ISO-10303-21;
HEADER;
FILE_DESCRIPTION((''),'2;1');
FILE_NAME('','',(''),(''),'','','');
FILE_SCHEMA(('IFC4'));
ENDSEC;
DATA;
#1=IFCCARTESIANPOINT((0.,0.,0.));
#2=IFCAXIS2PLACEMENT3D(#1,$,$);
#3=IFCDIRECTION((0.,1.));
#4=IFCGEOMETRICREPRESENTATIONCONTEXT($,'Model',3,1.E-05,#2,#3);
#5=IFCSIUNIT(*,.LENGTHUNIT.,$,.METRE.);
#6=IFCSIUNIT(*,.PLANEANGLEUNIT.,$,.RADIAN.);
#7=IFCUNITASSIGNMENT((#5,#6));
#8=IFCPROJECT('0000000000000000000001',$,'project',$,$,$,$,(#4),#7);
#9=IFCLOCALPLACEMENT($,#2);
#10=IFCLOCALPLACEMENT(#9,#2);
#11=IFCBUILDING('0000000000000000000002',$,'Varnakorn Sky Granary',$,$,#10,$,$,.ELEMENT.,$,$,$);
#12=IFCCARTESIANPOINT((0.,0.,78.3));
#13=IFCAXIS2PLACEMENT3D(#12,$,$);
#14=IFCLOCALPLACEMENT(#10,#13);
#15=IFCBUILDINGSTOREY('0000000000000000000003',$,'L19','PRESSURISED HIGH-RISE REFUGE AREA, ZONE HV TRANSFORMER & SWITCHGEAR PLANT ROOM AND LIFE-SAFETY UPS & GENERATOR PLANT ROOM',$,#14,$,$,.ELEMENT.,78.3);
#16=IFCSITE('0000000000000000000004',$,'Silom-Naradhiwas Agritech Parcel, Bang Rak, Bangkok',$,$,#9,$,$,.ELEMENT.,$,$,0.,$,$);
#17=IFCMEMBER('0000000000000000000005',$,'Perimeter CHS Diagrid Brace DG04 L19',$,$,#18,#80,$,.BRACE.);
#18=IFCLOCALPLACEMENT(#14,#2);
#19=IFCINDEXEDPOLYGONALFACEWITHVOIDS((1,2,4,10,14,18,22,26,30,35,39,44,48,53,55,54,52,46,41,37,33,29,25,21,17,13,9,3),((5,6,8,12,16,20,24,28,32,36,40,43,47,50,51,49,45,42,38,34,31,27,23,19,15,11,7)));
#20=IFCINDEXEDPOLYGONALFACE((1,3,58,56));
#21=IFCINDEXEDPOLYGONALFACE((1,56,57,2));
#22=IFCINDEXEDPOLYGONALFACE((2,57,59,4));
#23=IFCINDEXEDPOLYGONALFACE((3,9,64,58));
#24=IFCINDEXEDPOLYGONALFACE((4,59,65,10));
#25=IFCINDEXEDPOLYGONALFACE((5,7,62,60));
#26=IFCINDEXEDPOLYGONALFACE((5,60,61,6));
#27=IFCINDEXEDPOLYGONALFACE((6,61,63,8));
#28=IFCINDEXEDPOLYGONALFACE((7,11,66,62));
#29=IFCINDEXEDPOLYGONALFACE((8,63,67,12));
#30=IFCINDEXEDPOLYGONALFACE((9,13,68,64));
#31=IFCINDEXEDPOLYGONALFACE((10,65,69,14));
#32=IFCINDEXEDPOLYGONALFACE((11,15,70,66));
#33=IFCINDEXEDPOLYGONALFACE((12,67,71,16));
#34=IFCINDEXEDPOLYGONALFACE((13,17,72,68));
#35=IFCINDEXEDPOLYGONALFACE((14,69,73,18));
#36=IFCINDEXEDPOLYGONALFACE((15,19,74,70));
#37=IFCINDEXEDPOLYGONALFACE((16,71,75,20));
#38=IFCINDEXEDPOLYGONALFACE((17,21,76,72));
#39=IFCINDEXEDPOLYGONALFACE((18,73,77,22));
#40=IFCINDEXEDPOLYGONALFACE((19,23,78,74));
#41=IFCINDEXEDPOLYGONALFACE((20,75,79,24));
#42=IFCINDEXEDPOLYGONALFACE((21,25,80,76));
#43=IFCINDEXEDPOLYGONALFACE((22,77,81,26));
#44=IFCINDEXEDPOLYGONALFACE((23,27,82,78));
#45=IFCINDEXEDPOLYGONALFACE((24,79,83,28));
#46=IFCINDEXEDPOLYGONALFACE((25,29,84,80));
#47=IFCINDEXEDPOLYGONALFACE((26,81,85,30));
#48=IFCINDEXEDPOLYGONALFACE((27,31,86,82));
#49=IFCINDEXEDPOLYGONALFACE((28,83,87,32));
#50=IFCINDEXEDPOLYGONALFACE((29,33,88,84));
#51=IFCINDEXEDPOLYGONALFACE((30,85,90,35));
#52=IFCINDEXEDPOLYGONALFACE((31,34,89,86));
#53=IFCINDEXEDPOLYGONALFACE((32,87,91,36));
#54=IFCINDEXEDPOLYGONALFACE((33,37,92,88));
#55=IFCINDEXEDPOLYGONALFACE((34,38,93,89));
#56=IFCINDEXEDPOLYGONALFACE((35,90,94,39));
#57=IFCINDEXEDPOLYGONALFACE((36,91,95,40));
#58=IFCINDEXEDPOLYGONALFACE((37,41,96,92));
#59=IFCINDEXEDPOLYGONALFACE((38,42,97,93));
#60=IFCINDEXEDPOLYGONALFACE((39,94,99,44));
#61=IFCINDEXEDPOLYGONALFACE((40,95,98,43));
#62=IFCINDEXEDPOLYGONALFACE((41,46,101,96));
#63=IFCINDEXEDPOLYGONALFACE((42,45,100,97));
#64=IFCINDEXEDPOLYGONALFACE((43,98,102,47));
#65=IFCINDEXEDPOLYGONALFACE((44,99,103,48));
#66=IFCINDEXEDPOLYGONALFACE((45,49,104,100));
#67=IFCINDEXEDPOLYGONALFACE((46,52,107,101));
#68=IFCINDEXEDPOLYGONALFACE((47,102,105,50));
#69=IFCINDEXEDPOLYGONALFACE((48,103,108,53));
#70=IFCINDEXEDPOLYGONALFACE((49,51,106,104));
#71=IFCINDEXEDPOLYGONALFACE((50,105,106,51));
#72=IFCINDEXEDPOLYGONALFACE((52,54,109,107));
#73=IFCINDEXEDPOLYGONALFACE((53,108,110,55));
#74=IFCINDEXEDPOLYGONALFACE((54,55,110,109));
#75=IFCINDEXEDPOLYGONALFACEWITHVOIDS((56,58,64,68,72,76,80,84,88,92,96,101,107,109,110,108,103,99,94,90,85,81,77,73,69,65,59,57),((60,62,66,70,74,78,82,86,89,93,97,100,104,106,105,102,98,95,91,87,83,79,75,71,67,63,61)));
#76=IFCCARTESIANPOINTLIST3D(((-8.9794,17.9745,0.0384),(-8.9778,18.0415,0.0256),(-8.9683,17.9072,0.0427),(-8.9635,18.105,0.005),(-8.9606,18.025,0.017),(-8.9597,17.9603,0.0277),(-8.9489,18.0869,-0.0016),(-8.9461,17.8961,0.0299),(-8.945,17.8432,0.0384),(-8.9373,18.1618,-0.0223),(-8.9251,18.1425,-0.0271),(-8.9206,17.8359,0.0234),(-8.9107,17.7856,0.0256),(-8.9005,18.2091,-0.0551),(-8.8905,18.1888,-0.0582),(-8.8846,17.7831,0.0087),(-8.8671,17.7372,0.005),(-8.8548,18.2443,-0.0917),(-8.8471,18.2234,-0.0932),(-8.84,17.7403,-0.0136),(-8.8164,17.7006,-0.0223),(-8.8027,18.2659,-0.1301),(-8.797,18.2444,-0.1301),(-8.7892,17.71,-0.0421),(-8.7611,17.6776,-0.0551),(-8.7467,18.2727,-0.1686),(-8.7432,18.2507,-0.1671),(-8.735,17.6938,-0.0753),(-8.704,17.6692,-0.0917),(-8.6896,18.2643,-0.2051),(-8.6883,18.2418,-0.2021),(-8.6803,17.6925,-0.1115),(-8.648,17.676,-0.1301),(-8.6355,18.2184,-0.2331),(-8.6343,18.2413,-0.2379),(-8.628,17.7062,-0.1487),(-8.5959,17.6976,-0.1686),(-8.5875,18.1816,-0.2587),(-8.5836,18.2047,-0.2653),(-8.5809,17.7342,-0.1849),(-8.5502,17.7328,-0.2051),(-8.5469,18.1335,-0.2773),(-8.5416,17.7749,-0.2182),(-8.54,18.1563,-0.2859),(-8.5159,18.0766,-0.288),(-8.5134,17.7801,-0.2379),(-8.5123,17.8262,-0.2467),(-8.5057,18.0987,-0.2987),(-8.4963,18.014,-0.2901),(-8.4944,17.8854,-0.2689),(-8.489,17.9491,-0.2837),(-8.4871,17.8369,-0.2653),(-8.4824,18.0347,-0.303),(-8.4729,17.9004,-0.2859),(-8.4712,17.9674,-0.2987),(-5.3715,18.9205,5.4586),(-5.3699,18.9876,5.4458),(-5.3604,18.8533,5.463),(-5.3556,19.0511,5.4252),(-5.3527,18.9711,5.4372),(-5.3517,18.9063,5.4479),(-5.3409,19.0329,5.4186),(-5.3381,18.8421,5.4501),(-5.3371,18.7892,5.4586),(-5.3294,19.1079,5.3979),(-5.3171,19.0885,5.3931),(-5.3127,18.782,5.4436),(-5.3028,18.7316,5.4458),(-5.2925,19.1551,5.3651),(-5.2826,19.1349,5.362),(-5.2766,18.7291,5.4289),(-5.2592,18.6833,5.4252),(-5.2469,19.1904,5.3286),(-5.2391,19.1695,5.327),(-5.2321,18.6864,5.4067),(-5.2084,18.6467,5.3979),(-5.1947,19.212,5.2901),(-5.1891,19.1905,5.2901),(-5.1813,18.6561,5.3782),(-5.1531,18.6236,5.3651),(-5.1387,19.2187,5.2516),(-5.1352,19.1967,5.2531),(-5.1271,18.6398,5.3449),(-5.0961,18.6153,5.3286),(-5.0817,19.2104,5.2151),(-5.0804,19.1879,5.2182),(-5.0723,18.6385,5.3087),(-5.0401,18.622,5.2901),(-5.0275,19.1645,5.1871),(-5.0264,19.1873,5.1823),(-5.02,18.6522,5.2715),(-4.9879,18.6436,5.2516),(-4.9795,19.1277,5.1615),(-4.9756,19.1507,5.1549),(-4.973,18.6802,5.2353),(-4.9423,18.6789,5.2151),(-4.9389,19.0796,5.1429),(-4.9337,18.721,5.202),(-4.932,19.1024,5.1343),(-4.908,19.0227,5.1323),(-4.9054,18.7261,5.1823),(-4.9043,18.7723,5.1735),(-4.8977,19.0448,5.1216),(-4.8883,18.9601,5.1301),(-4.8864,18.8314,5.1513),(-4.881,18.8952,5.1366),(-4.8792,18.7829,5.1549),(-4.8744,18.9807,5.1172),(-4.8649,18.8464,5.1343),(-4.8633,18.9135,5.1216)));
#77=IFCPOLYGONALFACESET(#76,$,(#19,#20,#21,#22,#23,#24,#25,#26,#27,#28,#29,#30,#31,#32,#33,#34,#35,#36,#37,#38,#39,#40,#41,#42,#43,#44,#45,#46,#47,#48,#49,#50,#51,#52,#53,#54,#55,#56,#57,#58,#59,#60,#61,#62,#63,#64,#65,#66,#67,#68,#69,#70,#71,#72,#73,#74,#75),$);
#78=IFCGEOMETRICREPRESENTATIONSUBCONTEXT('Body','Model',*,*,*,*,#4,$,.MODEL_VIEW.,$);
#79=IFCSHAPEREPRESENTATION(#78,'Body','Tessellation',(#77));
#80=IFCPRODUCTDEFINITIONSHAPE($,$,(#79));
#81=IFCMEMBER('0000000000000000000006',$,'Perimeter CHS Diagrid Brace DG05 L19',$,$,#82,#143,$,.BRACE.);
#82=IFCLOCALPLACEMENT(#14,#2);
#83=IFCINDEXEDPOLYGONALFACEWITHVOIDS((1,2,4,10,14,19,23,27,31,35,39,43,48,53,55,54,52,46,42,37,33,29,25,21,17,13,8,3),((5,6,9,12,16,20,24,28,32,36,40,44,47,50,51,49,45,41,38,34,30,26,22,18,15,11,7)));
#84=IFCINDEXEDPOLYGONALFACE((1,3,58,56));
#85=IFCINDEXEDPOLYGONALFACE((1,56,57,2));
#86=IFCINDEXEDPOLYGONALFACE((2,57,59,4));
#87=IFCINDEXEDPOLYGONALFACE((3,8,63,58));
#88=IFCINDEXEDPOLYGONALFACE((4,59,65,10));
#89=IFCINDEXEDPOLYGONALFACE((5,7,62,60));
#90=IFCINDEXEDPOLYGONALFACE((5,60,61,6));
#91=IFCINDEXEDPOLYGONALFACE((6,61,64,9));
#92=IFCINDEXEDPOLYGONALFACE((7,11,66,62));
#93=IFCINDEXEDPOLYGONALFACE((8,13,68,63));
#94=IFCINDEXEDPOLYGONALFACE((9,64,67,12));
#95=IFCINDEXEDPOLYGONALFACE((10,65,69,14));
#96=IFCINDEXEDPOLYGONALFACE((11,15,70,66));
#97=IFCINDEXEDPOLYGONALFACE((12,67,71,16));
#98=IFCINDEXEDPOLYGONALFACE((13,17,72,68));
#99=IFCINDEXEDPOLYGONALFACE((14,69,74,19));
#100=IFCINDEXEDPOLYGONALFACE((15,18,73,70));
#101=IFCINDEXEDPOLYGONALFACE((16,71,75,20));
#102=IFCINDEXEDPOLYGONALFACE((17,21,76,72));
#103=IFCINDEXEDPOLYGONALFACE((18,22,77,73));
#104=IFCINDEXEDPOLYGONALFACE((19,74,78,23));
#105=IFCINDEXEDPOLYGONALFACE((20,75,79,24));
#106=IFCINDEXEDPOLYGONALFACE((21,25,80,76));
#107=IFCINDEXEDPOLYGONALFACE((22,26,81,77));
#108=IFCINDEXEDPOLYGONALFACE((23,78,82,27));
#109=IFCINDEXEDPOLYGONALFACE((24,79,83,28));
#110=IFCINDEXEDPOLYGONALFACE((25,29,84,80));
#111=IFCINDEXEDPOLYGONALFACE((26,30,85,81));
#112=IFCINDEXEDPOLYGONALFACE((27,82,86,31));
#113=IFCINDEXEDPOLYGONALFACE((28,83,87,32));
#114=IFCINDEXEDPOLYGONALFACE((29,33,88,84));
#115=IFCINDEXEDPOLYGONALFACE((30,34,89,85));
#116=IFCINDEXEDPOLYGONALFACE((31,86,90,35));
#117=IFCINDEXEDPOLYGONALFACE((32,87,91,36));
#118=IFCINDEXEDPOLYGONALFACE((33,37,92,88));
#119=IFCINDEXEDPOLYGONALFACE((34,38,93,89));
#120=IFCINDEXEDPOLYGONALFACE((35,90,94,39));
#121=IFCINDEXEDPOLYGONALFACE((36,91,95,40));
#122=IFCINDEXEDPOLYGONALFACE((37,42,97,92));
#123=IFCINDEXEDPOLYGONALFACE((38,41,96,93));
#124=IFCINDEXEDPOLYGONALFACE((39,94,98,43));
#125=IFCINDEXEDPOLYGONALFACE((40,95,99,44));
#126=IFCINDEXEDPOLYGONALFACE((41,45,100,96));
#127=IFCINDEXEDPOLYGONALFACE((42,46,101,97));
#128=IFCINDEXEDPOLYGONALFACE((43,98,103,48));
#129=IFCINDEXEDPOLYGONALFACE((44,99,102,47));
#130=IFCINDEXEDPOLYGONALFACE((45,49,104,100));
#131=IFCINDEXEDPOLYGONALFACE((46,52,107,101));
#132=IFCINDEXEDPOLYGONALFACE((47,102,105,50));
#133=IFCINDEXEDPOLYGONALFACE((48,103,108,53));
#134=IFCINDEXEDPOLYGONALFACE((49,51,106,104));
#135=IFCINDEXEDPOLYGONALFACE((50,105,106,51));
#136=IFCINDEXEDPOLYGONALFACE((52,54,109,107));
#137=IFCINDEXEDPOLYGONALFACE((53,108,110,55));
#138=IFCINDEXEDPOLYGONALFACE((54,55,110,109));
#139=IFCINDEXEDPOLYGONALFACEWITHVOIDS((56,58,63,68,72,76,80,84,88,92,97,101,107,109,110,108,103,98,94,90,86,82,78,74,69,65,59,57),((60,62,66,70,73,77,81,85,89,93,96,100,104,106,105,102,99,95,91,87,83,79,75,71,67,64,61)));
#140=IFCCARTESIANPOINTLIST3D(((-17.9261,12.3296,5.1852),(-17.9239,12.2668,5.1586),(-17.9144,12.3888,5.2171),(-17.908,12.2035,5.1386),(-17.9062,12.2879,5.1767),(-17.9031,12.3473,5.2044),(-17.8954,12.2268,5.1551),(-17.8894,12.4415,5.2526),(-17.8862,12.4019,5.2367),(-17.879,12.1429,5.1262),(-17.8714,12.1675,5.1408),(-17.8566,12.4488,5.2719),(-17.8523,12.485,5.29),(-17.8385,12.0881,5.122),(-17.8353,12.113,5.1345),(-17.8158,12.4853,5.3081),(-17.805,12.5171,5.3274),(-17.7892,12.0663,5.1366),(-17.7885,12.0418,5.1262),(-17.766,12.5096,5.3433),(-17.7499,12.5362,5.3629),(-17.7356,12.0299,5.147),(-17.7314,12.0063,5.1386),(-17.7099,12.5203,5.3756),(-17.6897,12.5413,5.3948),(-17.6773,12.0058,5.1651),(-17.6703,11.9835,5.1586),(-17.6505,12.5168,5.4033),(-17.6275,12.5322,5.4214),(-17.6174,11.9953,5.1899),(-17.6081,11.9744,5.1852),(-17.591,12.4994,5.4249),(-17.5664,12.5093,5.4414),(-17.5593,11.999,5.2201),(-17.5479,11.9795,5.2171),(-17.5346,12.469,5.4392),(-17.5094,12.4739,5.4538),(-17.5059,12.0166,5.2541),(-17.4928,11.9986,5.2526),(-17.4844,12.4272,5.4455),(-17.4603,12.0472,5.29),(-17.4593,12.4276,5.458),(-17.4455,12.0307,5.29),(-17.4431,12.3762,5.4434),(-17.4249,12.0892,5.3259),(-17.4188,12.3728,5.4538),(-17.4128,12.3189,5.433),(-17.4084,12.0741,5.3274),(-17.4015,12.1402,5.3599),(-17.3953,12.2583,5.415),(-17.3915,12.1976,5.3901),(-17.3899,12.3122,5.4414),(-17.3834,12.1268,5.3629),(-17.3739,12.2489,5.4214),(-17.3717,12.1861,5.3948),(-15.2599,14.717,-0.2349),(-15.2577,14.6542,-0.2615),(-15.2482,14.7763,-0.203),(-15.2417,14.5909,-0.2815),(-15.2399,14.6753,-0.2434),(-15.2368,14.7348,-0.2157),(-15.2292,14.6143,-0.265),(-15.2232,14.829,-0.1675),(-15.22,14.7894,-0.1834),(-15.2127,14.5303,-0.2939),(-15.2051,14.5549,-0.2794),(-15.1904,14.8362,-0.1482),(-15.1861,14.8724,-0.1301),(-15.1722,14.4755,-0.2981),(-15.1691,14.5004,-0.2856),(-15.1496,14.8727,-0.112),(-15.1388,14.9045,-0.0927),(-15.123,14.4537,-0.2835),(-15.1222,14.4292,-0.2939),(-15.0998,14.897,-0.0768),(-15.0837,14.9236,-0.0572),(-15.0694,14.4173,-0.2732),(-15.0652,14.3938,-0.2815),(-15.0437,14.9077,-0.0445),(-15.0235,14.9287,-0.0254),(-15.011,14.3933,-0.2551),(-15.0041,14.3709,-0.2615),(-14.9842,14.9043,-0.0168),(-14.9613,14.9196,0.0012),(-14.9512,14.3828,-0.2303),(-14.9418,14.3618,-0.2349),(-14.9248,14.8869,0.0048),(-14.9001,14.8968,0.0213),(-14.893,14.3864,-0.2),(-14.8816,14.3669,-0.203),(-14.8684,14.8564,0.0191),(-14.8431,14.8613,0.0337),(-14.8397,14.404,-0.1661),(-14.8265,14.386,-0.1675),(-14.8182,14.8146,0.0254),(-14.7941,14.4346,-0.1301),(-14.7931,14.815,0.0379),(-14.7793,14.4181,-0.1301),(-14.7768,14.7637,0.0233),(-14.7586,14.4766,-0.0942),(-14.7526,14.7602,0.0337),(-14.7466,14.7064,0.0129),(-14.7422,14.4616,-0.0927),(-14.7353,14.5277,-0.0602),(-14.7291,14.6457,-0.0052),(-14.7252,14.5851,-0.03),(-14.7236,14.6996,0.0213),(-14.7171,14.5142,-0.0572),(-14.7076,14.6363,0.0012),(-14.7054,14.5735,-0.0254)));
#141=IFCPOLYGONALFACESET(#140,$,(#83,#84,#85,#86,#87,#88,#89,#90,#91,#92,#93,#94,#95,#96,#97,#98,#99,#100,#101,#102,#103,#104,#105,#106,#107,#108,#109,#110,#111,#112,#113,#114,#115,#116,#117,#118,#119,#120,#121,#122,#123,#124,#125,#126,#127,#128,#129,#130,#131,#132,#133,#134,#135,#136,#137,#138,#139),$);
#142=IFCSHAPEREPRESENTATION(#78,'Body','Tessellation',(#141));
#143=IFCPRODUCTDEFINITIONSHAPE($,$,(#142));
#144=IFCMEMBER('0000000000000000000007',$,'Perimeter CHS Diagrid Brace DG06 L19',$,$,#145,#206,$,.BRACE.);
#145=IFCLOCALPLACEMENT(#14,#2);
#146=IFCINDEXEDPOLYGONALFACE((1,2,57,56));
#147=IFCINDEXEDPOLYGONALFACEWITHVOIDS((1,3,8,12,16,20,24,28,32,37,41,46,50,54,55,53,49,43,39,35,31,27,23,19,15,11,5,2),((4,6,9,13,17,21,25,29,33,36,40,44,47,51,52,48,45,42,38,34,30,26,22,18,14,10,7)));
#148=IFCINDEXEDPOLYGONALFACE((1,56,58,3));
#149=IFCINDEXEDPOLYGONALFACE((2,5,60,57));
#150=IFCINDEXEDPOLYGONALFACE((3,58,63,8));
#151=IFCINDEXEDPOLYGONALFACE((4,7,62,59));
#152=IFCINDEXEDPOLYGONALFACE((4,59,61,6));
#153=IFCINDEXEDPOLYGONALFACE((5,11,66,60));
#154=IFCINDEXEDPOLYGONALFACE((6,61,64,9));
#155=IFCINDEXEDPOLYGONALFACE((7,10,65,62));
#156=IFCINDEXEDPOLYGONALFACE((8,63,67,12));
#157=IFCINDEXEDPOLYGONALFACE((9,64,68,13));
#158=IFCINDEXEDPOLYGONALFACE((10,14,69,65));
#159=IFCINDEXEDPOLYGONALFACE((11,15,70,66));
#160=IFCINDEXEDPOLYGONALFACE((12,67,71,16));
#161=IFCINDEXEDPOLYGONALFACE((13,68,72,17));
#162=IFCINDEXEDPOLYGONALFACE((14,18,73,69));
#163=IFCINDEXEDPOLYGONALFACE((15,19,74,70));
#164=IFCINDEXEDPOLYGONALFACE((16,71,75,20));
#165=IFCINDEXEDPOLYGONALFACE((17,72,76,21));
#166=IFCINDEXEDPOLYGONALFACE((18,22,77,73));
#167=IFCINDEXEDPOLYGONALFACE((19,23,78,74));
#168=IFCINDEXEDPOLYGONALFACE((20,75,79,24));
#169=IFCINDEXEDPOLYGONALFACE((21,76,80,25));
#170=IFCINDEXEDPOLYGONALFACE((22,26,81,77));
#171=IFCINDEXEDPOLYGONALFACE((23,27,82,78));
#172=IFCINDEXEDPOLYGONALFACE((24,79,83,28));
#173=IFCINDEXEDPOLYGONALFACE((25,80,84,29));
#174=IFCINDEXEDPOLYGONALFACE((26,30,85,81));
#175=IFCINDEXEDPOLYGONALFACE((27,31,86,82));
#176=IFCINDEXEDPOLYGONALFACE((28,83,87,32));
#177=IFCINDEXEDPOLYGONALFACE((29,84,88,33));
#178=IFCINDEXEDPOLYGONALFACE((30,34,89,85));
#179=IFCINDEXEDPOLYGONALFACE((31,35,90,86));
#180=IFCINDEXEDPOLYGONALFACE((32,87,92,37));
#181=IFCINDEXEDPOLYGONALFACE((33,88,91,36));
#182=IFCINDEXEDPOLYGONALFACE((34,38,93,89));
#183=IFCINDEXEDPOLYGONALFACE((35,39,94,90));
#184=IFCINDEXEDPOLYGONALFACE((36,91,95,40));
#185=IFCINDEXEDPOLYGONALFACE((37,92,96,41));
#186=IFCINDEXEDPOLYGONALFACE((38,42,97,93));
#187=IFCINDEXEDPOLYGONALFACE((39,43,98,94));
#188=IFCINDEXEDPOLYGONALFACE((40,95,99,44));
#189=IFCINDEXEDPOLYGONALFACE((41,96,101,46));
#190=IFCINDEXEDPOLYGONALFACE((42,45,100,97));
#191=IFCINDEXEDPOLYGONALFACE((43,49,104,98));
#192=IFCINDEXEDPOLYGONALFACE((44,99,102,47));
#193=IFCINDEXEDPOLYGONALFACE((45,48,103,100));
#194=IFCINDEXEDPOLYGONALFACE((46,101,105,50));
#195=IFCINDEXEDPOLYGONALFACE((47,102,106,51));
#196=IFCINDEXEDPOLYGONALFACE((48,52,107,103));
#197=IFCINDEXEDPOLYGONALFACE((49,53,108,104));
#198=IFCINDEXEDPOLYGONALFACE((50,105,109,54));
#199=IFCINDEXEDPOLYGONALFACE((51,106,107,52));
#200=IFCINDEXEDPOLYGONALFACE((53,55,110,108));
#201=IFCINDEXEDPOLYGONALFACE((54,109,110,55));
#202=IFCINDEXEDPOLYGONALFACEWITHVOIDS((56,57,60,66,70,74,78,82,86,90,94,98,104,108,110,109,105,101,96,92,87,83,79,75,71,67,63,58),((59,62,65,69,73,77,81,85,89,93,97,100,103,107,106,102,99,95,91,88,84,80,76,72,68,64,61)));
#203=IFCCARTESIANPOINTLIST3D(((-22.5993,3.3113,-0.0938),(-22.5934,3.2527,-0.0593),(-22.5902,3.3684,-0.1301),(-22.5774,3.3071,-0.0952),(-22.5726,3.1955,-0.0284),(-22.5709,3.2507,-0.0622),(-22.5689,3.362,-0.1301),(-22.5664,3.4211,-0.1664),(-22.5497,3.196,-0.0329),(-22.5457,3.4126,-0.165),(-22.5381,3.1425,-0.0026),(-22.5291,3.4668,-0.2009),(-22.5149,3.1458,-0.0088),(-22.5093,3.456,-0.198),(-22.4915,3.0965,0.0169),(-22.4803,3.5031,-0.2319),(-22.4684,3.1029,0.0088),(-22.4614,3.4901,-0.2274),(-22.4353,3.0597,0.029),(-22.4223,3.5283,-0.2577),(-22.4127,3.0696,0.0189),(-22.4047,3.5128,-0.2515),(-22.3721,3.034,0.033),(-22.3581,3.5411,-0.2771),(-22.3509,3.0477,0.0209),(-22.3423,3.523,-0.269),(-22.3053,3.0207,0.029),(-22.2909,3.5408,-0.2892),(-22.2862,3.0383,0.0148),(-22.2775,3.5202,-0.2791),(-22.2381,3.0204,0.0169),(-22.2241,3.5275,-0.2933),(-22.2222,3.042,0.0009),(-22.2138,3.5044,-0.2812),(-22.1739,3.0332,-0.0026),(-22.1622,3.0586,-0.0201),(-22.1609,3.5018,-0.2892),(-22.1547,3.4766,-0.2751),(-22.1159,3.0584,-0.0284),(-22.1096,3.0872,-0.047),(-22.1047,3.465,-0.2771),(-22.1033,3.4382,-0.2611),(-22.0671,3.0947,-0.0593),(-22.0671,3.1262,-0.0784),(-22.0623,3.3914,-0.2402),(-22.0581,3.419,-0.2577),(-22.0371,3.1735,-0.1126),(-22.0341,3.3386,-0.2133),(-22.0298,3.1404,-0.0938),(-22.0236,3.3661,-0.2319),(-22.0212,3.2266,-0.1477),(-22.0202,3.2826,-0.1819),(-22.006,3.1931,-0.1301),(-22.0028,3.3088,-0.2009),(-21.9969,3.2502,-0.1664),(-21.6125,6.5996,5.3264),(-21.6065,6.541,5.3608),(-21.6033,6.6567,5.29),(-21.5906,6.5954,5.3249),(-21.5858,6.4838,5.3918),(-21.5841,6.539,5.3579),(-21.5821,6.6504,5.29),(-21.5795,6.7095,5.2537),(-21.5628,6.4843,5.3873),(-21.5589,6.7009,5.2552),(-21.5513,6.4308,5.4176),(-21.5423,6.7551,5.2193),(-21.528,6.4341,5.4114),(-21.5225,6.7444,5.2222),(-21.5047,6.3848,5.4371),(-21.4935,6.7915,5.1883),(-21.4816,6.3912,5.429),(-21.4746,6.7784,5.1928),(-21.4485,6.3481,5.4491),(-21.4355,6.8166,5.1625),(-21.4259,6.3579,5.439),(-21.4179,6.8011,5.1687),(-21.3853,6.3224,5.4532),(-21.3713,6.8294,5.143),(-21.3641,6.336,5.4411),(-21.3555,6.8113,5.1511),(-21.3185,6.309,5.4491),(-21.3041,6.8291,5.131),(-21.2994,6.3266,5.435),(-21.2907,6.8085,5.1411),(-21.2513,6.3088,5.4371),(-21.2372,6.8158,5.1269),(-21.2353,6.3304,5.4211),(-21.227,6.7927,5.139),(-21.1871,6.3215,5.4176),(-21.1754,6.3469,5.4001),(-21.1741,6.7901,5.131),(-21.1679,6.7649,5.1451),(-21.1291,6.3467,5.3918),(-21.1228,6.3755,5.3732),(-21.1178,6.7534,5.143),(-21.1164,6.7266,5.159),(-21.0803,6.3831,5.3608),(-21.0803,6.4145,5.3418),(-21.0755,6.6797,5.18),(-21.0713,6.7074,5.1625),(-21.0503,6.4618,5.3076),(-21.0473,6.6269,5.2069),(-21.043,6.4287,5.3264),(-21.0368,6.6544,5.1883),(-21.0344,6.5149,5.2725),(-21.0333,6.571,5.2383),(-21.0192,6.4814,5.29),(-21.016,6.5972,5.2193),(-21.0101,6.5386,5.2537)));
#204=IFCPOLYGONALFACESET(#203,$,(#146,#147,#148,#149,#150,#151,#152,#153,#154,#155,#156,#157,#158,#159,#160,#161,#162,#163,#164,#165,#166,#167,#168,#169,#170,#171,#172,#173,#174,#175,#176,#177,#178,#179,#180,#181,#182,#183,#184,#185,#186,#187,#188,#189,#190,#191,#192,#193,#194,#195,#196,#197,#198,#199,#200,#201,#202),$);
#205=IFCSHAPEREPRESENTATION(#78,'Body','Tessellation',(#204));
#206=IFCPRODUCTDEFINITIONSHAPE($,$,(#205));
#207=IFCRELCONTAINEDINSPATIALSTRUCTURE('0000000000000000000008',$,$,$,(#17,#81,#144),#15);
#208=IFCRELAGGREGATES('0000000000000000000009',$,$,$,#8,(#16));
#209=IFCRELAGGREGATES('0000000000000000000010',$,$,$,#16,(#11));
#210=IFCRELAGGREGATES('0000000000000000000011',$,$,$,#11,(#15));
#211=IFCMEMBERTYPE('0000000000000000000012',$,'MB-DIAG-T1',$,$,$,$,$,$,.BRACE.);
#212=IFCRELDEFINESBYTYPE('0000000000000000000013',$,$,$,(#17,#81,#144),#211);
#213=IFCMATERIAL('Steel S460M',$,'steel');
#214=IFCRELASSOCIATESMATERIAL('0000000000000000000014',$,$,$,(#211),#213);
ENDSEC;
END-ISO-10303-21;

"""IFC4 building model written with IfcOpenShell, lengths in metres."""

from ifc_helpers import new_model, si_unit, direction, frame, origin, origin_2d, place, context, subcontext, project, spatial, hollow_circle, extrude, material, material_profile, profile_set, type_object, element, save


model = new_model("IFC4")

# Units and contexts
model_context = context("Model", 3, precision=1e-05, world=origin(), true_north=direction((0.0, 1.0)))
body_context = subcontext(model_context, "Body", "Model", "MODEL_VIEW")
ifc_project = project(units=[si_unit("LENGTHUNIT", "METRE"), si_unit("PLANEANGLEUNIT", "RADIAN")], contexts=[model_context])

# Site, building, storey
site_placement = place(None, origin())
site = spatial("IfcSite", under=ifc_project, at=site_placement, Name="Silom-Naradhiwas Agritech Parcel, Bang Rak, Bangkok", CompositionType="ELEMENT", RefElevation=0.0)
building_placement = place(site_placement, origin())
building = spatial("IfcBuilding", under=site, at=building_placement, Name="Varnakorn Sky Granary", CompositionType="ELEMENT")
storey_placement = place(building_placement, frame((0.0, 0.0, 78.3)))
storey = spatial("IfcBuildingStorey", under=building, at=storey_placement, Name="L19", Description="PRESSURISED HIGH-RISE REFUGE AREA, ZONE HV TRANSFORMER & SWITCHGEAR PLANT ROOM AND LIFE-SAFETY UPS & GENERATOR PLANT ROOM", CompositionType="ELEMENT", Elevation=78.3)

# Shared definitions
ifc_material_1 = material(Name="Steel S460M", Category="steel")

# Members
ifc_material_profile_1 = material_profile(ifc_material_1, hollow_circle(Radius=0.3049, WallThickness=0.0222, at=origin_2d()), Name="CHS 610x22")
ifc_profile_set_1 = profile_set([ifc_material_profile_1], Name="Steel S460M")
member_type_1 = type_object("IfcMemberType", Name="MB-DIAG-T1", PredefinedType="BRACE", material=ifc_profile_set_1)
member_1_placement = place(storey_placement, frame((-8.7253, 17.9709, -0.1301), z_axis=(0.548354, 0.143786, 0.823792), x_axis=(-0.253639, 0.967299, 0.0)))
element("IfcMember", 1, at=member_1_placement, inside=storey, type_object=member_type_1, Name="Perimeter CHS Diagrid Brace DG04 L19", PredefinedType="BRACE", context=body_context, shape_type="SweptSolid", body=[
    extrude(hollow_circle(Radius=0.3049, WallThickness=0.0222, at=origin_2d()), origin(), (0.0, 0.0, 1.0), 6.5796),
])
member_2_placement = place(storey_placement, frame((-14.9827, 14.6453, -0.1301), z_axis=(-0.4105, -0.367574, 0.834493), x_axis=(0.667082, -0.744984, 0.0)))
element("IfcMember", 2, at=member_2_placement, inside=storey, type_object=member_type_1, Name="Perimeter CHS Diagrid Brace DG05 L19", PredefinedType="BRACE", context=body_context, shape_type="SweptSolid", body=[
    extrude(hollow_circle(Radius=0.3049, WallThickness=0.0222, at=origin_2d()), origin(), (0.0, 0.0, 1.0), 6.4951),
])
member_3_placement = place(storey_placement, frame((-22.2981, 3.2808, -0.1301), z_axis=(0.153805, 0.51252, 0.844788), x_axis=(-0.957801, 0.287433, 0.0)))
element("IfcMember", 3, at=member_3_placement, inside=storey, type_object=member_type_1, Name="Perimeter CHS Diagrid Brace DG06 L19", PredefinedType="BRACE", context=body_context, shape_type="SweptSolid", body=[
    extrude(hollow_circle(Radius=0.3049, WallThickness=0.0222, at=origin_2d()), origin(), (0.0, 0.0, 1.0), 6.416),
])

save(model, "model.ifc")
